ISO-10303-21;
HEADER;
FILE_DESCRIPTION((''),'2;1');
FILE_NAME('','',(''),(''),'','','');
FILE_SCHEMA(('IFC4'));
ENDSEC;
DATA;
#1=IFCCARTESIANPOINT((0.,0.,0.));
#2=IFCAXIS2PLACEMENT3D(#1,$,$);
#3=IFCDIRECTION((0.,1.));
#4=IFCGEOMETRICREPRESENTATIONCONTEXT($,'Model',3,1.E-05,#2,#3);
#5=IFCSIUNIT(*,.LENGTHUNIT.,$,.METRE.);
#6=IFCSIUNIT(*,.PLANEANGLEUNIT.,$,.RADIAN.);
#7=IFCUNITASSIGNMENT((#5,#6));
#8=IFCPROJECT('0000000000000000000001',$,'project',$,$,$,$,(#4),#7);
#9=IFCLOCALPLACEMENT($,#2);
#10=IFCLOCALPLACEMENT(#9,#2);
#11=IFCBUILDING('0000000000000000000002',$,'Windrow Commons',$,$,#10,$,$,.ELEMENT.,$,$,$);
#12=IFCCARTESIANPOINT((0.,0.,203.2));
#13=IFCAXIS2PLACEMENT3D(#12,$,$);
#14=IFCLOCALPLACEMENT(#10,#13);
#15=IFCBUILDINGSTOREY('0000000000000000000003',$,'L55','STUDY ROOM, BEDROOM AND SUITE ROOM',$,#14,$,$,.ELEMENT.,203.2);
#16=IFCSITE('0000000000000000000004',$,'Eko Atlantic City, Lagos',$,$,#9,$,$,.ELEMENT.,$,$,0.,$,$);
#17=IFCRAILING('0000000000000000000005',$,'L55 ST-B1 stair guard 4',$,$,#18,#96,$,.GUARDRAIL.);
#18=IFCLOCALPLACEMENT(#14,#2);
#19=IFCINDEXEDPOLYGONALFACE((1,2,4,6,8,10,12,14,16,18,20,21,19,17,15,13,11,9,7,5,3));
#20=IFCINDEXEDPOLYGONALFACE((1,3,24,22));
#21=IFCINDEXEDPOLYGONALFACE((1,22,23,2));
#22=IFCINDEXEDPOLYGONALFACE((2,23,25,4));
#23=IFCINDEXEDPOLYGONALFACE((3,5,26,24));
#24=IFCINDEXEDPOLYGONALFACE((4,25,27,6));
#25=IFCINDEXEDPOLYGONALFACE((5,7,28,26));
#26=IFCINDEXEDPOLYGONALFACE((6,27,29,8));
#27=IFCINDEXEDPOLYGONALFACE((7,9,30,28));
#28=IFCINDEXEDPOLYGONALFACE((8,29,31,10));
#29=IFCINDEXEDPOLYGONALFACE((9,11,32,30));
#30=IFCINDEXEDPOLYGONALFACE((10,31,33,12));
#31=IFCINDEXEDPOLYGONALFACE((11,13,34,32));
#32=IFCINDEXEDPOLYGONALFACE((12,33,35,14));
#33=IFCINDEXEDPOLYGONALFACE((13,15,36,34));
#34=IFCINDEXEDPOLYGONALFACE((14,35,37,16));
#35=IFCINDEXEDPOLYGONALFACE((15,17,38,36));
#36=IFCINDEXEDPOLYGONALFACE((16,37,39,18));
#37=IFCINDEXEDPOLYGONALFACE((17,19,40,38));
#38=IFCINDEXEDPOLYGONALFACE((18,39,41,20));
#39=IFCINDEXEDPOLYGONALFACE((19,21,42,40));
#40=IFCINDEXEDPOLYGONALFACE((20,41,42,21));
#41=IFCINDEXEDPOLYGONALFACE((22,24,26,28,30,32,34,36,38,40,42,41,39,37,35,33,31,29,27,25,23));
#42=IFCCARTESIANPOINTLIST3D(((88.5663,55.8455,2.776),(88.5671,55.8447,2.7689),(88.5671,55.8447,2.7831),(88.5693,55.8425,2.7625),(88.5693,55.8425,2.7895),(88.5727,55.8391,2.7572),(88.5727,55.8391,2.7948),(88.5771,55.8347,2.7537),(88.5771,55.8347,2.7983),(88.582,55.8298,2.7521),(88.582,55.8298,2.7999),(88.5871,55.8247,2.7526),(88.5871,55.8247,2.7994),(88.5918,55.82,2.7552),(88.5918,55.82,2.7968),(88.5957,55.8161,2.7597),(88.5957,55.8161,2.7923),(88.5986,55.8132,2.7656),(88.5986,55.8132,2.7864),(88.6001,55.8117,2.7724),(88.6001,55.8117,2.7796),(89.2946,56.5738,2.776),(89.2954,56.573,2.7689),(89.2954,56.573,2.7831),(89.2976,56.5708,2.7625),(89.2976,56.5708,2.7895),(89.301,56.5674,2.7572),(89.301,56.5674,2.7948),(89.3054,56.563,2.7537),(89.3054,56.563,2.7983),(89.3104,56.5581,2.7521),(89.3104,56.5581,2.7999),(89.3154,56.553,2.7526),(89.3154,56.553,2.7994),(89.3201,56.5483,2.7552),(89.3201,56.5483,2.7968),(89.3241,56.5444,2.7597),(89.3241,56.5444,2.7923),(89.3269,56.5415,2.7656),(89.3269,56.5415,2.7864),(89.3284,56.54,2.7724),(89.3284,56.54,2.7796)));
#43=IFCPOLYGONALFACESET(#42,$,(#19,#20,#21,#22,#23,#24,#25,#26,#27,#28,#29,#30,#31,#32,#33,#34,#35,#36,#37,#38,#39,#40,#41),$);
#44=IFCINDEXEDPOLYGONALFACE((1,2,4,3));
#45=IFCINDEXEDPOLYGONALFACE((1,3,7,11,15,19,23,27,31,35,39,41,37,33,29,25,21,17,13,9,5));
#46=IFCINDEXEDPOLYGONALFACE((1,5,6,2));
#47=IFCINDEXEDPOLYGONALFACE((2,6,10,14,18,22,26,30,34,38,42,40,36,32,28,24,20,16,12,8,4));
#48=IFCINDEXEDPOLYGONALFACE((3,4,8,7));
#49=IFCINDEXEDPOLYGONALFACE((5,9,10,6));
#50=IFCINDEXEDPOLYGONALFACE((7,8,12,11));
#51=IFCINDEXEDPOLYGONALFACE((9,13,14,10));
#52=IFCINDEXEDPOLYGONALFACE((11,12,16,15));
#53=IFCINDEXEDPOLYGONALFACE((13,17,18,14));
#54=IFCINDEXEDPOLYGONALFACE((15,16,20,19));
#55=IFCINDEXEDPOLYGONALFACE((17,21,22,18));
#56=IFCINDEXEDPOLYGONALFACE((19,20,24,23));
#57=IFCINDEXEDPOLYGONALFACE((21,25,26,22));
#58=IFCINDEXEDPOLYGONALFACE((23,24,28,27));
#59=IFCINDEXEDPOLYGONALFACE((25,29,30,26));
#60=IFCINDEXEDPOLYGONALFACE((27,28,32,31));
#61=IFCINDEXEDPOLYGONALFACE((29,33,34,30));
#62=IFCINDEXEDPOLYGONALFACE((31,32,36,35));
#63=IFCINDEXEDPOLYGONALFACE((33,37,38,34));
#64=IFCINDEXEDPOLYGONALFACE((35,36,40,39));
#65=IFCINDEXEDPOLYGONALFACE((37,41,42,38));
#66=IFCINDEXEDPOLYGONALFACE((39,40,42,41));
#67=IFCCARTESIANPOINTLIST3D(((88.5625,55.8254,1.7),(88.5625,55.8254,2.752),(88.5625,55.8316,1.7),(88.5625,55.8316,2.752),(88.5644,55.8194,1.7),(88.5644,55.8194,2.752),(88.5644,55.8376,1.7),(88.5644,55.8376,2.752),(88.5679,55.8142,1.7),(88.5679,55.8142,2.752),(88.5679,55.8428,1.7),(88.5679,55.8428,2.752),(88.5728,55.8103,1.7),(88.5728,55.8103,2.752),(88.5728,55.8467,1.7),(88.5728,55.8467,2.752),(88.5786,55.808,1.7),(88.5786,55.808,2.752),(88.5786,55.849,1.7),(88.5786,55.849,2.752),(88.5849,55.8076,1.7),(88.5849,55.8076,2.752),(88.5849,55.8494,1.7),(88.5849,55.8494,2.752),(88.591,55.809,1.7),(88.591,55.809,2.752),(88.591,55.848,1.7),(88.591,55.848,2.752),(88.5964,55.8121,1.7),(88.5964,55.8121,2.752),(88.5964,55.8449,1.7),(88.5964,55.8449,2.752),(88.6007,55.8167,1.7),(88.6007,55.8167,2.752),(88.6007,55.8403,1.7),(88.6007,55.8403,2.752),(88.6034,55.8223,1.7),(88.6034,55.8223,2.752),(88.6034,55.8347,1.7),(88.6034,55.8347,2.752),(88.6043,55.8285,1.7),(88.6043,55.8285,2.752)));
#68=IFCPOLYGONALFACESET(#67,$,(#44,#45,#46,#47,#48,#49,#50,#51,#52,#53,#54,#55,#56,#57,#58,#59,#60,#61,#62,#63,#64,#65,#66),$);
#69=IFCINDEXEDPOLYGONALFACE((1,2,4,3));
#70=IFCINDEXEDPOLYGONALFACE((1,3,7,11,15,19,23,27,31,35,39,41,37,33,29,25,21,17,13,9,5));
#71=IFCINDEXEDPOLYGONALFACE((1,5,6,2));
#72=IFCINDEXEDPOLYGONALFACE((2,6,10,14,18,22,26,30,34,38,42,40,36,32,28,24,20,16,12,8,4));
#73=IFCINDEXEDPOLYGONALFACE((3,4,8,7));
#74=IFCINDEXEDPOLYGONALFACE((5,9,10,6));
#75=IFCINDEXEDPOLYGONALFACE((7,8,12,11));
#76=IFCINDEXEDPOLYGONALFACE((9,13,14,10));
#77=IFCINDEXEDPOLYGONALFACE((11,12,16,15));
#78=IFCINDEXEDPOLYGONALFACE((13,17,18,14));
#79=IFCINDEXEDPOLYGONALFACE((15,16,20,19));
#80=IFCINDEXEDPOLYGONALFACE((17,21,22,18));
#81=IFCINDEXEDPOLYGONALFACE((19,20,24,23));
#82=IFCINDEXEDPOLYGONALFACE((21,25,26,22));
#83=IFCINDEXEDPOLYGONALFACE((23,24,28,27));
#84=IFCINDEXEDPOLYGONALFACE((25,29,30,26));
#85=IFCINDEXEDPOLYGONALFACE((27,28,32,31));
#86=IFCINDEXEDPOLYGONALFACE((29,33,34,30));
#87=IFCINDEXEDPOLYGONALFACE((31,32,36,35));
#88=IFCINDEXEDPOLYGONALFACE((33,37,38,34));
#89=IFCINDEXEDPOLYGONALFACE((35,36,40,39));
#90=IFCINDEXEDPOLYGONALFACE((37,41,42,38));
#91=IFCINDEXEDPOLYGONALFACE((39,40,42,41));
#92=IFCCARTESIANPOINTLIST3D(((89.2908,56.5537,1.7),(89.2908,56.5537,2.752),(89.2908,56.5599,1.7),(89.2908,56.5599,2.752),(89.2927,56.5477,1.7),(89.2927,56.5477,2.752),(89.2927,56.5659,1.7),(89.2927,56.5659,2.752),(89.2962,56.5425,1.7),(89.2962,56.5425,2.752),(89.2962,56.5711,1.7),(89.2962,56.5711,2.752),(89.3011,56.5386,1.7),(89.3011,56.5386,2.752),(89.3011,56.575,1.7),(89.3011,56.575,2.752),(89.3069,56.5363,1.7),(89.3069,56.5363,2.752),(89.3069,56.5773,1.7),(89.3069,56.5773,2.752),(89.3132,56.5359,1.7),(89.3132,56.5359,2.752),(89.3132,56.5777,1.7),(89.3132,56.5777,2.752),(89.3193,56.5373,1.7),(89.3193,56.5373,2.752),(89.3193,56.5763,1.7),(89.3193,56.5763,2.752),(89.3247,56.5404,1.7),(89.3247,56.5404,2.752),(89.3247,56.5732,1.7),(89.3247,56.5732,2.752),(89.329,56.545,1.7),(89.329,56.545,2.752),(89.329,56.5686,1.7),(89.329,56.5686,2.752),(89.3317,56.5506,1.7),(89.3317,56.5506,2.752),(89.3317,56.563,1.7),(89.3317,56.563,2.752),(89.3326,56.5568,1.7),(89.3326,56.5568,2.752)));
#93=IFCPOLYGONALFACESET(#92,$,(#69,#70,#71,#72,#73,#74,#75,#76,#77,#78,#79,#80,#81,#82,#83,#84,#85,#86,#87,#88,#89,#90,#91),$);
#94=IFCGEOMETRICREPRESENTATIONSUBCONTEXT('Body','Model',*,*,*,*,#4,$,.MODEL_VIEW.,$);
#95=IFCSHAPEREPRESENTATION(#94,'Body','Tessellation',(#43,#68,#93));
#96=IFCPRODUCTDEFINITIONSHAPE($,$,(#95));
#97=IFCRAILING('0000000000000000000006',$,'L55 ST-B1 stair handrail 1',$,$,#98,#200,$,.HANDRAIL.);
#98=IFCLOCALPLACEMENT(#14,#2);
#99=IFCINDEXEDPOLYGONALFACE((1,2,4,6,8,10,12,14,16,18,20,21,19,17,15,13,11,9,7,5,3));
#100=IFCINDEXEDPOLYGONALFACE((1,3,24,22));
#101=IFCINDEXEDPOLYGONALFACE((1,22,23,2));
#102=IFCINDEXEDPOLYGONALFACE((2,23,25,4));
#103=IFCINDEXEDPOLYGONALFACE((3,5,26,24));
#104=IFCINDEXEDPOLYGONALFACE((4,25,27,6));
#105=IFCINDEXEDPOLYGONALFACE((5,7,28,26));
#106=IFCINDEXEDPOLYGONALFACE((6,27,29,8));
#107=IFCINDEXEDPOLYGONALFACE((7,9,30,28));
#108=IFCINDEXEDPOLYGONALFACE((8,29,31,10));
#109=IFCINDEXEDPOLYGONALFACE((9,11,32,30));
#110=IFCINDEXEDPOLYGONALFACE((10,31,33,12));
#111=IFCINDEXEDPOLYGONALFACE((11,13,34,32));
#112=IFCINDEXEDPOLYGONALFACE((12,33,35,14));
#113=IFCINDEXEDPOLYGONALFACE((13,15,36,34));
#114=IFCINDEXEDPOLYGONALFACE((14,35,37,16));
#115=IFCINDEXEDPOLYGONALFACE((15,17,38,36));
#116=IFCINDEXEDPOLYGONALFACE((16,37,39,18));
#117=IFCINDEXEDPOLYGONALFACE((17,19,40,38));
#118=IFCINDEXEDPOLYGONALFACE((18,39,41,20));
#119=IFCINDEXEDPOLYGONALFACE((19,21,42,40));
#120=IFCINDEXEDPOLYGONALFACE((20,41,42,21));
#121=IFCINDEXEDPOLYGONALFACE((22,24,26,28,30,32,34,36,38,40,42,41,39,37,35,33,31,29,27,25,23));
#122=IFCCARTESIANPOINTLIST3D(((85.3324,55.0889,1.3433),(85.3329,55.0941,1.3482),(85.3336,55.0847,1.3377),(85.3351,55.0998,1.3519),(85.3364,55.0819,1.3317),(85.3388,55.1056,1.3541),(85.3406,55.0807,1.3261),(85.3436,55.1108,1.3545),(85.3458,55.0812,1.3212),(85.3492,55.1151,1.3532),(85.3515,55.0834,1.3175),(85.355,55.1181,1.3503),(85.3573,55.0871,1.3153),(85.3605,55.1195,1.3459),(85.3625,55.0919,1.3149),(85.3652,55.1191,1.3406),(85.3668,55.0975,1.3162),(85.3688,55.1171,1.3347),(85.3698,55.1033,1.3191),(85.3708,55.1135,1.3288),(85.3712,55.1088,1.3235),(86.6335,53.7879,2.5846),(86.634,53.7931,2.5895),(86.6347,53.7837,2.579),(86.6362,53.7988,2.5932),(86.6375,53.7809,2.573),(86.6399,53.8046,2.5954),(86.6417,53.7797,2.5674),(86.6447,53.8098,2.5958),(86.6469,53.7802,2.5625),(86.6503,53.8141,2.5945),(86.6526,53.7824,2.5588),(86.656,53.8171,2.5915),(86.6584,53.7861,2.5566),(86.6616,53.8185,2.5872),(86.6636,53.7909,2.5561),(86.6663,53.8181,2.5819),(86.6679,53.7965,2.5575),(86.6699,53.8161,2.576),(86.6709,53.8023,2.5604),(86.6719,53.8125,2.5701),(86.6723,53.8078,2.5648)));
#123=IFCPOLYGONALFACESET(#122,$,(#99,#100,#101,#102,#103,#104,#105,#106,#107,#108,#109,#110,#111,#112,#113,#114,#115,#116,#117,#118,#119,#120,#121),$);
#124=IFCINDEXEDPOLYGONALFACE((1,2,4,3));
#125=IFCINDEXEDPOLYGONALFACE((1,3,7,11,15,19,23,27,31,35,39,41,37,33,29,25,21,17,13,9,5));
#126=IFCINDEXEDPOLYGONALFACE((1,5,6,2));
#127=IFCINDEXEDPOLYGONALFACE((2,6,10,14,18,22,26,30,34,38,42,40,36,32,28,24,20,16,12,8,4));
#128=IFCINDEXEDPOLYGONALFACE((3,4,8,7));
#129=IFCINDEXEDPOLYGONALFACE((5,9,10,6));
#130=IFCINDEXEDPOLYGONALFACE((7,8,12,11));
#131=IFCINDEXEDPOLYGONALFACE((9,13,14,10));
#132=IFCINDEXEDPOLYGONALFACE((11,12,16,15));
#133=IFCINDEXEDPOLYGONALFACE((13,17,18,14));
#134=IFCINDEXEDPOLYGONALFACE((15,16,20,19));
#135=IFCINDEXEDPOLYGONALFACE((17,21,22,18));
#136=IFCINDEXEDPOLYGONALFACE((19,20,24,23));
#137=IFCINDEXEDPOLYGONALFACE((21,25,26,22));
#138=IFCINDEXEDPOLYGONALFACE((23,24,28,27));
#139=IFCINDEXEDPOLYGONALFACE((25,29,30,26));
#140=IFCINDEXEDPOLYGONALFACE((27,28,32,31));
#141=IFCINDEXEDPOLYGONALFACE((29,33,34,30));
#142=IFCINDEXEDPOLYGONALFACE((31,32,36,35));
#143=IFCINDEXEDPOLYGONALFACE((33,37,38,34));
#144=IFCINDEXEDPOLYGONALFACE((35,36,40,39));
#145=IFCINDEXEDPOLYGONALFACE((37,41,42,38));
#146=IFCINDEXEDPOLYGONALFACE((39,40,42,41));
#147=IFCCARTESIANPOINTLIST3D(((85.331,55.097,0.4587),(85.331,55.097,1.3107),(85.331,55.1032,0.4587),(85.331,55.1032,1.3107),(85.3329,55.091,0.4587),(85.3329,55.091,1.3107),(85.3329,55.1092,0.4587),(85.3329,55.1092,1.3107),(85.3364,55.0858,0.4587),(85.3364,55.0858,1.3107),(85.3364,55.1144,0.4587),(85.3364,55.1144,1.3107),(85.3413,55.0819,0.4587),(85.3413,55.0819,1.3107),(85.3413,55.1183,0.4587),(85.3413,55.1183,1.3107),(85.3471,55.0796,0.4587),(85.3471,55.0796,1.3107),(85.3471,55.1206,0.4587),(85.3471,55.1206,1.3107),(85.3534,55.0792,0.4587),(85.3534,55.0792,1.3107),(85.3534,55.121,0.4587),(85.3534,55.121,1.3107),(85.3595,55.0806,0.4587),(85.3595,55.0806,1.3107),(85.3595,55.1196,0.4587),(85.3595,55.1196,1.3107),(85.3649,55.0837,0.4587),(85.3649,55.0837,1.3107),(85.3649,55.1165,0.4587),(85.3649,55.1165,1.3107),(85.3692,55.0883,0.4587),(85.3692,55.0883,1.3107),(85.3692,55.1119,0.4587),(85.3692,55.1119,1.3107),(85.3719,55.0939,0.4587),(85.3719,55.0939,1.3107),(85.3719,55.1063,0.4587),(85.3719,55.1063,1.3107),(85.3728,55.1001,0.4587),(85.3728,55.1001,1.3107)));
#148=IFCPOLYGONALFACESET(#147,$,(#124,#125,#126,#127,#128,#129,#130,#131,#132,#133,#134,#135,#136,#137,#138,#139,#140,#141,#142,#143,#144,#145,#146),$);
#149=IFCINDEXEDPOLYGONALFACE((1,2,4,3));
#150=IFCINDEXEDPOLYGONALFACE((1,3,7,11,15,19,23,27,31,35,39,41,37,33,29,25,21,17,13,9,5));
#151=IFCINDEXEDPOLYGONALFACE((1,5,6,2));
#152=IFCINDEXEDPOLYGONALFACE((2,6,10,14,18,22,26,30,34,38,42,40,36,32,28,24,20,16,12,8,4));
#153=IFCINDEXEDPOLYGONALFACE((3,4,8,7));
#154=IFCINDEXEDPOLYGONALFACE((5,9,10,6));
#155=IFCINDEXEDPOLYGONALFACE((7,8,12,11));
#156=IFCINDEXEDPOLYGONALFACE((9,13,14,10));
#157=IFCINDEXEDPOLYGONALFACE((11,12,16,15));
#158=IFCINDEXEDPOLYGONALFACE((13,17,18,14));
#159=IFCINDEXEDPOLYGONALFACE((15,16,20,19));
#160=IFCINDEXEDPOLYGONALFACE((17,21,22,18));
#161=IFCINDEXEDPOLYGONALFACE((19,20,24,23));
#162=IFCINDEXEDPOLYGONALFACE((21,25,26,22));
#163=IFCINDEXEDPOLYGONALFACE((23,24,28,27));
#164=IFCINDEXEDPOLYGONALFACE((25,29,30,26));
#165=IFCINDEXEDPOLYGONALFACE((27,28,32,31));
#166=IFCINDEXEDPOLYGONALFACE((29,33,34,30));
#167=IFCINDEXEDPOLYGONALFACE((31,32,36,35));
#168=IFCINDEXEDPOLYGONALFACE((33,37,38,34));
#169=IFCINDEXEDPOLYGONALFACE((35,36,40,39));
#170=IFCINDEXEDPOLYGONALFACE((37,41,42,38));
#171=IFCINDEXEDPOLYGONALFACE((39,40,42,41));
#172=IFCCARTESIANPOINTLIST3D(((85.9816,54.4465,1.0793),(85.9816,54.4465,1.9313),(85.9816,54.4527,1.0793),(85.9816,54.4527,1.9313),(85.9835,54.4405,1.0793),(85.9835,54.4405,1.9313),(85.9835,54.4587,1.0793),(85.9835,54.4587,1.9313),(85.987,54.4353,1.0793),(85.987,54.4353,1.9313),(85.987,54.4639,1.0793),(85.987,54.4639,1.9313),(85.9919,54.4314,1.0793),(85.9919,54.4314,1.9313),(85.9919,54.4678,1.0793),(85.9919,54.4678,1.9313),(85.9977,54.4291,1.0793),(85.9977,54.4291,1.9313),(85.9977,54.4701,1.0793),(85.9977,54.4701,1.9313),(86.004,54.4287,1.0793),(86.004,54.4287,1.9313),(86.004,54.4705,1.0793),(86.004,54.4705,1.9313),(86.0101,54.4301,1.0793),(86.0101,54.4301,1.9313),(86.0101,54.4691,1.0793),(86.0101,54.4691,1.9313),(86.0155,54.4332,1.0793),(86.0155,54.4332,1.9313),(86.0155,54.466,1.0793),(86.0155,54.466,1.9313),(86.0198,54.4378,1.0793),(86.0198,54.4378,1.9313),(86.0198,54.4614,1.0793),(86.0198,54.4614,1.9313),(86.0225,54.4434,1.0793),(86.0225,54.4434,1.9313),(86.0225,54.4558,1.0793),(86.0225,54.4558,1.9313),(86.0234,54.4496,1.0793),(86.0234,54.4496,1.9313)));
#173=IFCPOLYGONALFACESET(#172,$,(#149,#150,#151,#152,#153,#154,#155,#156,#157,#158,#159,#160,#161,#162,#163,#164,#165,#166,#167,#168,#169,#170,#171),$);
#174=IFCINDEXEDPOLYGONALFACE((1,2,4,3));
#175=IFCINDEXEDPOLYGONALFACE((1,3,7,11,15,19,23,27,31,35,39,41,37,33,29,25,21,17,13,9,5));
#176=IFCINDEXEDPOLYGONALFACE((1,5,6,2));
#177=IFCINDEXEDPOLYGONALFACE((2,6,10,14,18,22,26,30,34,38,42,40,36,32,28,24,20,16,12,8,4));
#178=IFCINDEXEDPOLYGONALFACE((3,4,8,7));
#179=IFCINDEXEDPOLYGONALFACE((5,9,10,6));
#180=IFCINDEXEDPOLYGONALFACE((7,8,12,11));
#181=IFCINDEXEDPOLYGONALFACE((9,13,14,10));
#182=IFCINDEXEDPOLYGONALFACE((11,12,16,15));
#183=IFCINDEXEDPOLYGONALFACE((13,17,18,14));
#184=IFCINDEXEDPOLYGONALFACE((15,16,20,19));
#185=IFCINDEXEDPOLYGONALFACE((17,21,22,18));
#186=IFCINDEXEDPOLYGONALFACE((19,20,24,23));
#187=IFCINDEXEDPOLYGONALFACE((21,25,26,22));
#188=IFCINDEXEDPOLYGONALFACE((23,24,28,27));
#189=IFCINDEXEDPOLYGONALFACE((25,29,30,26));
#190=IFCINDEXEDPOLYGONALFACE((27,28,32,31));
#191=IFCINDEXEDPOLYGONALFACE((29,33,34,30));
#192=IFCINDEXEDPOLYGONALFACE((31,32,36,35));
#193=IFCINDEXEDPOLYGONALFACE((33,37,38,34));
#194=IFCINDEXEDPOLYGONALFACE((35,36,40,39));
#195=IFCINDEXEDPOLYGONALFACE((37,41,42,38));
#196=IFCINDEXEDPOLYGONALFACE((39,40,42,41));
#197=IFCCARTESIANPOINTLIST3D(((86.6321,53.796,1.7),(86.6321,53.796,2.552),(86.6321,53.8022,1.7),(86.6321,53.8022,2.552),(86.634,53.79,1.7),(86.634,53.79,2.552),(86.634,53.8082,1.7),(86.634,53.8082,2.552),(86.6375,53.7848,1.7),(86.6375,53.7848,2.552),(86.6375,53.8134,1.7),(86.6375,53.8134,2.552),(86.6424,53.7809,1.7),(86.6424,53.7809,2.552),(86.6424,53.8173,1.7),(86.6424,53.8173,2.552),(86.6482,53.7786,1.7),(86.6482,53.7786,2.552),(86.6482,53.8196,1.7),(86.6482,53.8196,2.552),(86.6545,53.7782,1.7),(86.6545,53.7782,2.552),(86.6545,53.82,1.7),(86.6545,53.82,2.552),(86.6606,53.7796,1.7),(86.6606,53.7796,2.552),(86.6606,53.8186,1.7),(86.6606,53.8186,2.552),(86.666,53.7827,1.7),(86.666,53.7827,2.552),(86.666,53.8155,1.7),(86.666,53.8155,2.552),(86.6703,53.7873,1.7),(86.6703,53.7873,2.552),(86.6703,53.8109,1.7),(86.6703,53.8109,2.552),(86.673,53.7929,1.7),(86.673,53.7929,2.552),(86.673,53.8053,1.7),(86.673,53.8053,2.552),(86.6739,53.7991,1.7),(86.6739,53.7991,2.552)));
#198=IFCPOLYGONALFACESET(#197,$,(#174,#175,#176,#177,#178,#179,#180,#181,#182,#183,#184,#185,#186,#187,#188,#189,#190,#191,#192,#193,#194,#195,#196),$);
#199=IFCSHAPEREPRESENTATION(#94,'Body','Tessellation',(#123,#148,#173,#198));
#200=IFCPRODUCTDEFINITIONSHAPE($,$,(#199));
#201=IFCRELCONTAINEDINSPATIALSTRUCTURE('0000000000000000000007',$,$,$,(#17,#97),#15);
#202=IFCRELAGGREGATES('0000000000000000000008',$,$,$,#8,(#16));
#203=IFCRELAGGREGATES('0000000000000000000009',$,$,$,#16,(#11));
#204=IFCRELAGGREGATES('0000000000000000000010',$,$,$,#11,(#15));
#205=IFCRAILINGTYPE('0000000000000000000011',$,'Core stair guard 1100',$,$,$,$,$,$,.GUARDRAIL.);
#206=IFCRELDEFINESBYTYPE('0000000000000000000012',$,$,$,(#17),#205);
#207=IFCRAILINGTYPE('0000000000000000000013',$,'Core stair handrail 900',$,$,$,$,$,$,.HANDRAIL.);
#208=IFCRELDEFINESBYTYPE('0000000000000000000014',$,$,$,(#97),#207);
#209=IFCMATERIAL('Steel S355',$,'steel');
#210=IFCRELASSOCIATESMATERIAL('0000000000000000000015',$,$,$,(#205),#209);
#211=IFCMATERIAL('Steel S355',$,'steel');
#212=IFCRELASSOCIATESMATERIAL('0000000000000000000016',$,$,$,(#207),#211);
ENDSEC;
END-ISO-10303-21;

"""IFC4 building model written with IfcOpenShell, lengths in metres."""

from ifc_helpers import new_model, si_unit, direction, frame, origin, origin_2d, place, context, subcontext, project, spatial, circle, extrude, material, type_object, element, save


model = new_model("IFC4")

# Units and contexts
model_context = context("Model", 3, precision=1e-05, world=origin(), true_north=direction((0.0, 1.0)))
body_context = subcontext(model_context, "Body", "Model", "MODEL_VIEW")
ifc_project = project(units=[si_unit("LENGTHUNIT", "METRE"), si_unit("PLANEANGLEUNIT", "RADIAN")], contexts=[model_context])

# Site, building, storey
site_placement = place(None, origin())
site = spatial("IfcSite", under=ifc_project, at=site_placement, Name="Eko Atlantic City, Lagos", CompositionType="ELEMENT", RefElevation=0.0)
building_placement = place(site_placement, origin())
building = spatial("IfcBuilding", under=site, at=building_placement, Name="Windrow Commons", CompositionType="ELEMENT")
storey_placement = place(building_placement, frame((0.0, 0.0, 203.2)))
storey = spatial("IfcBuildingStorey", under=building, at=storey_placement, Name="L55", Description="STUDY ROOM, BEDROOM AND SUITE ROOM", CompositionType="ELEMENT", Elevation=203.2)

# Railings
ifc_material_1 = material(Name="Steel S355", Category="steel")
railing_type_1 = type_object("IfcRailingType", Name="Core stair guard 1100", PredefinedType="GUARDRAIL", material=ifc_material_1)
railing_1_placement = place(storey_placement, frame((88.5833, 55.8285, 1.7)))
element("IfcRailing", 1, at=railing_1_placement, inside=storey, type_object=railing_type_1, Name="L55 ST-B1 stair guard 4", PredefinedType="GUARDRAIL", context=body_context, shape_type="SweptSolid", body=[
    extrude(circle(Radius=0.024, at=origin_2d()), frame((0.0, 0.0, 1.076), z_axis=(0.707107, 0.707107, 0.0), x_axis=(-0.707107, 0.707107, 0.0)), (0.0, 0.0, 1.0), 1.03),
    extrude(circle(Radius=0.021, at=origin_2d()), origin(), (0.0, 0.0, 1.0), 1.052),
    extrude(circle(Radius=0.021, at=origin_2d()), frame((0.7283, 0.7283, 0.0)), (0.0, 0.0, 1.0), 1.052),
])
ifc_material_2 = material(Name="Steel S355", Category="steel")
railing_type_2 = type_object("IfcRailingType", Name="Core stair handrail 900", PredefinedType="HANDRAIL", material=ifc_material_2)
railing_2_placement = place(storey_placement, frame((85.3518, 55.1001, 0.4587)))
element("IfcRailing", 2, at=railing_2_placement, inside=storey, type_object=railing_type_2, Name="L55 ST-B1 stair handrail 1", PredefinedType="HANDRAIL", context=body_context, shape_type="SweptSolid", body=[
    extrude(circle(Radius=0.024, at=origin_2d()), frame((0.0, 0.0, 0.876), z_axis=(0.586207, -0.586162, 0.559264), x_axis=(0.70708, 0.707134, 0.0)), (0.0, 0.0, 1.0), 2.2195),
    extrude(circle(Radius=0.021, at=origin_2d()), origin(), (0.0, 0.0, 1.0), 0.852),
    extrude(circle(Radius=0.021, at=origin_2d()), frame((0.6506, -0.6505, 0.6206)), (0.0, 0.0, 1.0), 0.852),
    extrude(circle(Radius=0.021, at=origin_2d()), frame((1.3011, -1.301, 1.2413)), (0.0, 0.0, 1.0), 0.852),
])

save(model, "model.ifc")
